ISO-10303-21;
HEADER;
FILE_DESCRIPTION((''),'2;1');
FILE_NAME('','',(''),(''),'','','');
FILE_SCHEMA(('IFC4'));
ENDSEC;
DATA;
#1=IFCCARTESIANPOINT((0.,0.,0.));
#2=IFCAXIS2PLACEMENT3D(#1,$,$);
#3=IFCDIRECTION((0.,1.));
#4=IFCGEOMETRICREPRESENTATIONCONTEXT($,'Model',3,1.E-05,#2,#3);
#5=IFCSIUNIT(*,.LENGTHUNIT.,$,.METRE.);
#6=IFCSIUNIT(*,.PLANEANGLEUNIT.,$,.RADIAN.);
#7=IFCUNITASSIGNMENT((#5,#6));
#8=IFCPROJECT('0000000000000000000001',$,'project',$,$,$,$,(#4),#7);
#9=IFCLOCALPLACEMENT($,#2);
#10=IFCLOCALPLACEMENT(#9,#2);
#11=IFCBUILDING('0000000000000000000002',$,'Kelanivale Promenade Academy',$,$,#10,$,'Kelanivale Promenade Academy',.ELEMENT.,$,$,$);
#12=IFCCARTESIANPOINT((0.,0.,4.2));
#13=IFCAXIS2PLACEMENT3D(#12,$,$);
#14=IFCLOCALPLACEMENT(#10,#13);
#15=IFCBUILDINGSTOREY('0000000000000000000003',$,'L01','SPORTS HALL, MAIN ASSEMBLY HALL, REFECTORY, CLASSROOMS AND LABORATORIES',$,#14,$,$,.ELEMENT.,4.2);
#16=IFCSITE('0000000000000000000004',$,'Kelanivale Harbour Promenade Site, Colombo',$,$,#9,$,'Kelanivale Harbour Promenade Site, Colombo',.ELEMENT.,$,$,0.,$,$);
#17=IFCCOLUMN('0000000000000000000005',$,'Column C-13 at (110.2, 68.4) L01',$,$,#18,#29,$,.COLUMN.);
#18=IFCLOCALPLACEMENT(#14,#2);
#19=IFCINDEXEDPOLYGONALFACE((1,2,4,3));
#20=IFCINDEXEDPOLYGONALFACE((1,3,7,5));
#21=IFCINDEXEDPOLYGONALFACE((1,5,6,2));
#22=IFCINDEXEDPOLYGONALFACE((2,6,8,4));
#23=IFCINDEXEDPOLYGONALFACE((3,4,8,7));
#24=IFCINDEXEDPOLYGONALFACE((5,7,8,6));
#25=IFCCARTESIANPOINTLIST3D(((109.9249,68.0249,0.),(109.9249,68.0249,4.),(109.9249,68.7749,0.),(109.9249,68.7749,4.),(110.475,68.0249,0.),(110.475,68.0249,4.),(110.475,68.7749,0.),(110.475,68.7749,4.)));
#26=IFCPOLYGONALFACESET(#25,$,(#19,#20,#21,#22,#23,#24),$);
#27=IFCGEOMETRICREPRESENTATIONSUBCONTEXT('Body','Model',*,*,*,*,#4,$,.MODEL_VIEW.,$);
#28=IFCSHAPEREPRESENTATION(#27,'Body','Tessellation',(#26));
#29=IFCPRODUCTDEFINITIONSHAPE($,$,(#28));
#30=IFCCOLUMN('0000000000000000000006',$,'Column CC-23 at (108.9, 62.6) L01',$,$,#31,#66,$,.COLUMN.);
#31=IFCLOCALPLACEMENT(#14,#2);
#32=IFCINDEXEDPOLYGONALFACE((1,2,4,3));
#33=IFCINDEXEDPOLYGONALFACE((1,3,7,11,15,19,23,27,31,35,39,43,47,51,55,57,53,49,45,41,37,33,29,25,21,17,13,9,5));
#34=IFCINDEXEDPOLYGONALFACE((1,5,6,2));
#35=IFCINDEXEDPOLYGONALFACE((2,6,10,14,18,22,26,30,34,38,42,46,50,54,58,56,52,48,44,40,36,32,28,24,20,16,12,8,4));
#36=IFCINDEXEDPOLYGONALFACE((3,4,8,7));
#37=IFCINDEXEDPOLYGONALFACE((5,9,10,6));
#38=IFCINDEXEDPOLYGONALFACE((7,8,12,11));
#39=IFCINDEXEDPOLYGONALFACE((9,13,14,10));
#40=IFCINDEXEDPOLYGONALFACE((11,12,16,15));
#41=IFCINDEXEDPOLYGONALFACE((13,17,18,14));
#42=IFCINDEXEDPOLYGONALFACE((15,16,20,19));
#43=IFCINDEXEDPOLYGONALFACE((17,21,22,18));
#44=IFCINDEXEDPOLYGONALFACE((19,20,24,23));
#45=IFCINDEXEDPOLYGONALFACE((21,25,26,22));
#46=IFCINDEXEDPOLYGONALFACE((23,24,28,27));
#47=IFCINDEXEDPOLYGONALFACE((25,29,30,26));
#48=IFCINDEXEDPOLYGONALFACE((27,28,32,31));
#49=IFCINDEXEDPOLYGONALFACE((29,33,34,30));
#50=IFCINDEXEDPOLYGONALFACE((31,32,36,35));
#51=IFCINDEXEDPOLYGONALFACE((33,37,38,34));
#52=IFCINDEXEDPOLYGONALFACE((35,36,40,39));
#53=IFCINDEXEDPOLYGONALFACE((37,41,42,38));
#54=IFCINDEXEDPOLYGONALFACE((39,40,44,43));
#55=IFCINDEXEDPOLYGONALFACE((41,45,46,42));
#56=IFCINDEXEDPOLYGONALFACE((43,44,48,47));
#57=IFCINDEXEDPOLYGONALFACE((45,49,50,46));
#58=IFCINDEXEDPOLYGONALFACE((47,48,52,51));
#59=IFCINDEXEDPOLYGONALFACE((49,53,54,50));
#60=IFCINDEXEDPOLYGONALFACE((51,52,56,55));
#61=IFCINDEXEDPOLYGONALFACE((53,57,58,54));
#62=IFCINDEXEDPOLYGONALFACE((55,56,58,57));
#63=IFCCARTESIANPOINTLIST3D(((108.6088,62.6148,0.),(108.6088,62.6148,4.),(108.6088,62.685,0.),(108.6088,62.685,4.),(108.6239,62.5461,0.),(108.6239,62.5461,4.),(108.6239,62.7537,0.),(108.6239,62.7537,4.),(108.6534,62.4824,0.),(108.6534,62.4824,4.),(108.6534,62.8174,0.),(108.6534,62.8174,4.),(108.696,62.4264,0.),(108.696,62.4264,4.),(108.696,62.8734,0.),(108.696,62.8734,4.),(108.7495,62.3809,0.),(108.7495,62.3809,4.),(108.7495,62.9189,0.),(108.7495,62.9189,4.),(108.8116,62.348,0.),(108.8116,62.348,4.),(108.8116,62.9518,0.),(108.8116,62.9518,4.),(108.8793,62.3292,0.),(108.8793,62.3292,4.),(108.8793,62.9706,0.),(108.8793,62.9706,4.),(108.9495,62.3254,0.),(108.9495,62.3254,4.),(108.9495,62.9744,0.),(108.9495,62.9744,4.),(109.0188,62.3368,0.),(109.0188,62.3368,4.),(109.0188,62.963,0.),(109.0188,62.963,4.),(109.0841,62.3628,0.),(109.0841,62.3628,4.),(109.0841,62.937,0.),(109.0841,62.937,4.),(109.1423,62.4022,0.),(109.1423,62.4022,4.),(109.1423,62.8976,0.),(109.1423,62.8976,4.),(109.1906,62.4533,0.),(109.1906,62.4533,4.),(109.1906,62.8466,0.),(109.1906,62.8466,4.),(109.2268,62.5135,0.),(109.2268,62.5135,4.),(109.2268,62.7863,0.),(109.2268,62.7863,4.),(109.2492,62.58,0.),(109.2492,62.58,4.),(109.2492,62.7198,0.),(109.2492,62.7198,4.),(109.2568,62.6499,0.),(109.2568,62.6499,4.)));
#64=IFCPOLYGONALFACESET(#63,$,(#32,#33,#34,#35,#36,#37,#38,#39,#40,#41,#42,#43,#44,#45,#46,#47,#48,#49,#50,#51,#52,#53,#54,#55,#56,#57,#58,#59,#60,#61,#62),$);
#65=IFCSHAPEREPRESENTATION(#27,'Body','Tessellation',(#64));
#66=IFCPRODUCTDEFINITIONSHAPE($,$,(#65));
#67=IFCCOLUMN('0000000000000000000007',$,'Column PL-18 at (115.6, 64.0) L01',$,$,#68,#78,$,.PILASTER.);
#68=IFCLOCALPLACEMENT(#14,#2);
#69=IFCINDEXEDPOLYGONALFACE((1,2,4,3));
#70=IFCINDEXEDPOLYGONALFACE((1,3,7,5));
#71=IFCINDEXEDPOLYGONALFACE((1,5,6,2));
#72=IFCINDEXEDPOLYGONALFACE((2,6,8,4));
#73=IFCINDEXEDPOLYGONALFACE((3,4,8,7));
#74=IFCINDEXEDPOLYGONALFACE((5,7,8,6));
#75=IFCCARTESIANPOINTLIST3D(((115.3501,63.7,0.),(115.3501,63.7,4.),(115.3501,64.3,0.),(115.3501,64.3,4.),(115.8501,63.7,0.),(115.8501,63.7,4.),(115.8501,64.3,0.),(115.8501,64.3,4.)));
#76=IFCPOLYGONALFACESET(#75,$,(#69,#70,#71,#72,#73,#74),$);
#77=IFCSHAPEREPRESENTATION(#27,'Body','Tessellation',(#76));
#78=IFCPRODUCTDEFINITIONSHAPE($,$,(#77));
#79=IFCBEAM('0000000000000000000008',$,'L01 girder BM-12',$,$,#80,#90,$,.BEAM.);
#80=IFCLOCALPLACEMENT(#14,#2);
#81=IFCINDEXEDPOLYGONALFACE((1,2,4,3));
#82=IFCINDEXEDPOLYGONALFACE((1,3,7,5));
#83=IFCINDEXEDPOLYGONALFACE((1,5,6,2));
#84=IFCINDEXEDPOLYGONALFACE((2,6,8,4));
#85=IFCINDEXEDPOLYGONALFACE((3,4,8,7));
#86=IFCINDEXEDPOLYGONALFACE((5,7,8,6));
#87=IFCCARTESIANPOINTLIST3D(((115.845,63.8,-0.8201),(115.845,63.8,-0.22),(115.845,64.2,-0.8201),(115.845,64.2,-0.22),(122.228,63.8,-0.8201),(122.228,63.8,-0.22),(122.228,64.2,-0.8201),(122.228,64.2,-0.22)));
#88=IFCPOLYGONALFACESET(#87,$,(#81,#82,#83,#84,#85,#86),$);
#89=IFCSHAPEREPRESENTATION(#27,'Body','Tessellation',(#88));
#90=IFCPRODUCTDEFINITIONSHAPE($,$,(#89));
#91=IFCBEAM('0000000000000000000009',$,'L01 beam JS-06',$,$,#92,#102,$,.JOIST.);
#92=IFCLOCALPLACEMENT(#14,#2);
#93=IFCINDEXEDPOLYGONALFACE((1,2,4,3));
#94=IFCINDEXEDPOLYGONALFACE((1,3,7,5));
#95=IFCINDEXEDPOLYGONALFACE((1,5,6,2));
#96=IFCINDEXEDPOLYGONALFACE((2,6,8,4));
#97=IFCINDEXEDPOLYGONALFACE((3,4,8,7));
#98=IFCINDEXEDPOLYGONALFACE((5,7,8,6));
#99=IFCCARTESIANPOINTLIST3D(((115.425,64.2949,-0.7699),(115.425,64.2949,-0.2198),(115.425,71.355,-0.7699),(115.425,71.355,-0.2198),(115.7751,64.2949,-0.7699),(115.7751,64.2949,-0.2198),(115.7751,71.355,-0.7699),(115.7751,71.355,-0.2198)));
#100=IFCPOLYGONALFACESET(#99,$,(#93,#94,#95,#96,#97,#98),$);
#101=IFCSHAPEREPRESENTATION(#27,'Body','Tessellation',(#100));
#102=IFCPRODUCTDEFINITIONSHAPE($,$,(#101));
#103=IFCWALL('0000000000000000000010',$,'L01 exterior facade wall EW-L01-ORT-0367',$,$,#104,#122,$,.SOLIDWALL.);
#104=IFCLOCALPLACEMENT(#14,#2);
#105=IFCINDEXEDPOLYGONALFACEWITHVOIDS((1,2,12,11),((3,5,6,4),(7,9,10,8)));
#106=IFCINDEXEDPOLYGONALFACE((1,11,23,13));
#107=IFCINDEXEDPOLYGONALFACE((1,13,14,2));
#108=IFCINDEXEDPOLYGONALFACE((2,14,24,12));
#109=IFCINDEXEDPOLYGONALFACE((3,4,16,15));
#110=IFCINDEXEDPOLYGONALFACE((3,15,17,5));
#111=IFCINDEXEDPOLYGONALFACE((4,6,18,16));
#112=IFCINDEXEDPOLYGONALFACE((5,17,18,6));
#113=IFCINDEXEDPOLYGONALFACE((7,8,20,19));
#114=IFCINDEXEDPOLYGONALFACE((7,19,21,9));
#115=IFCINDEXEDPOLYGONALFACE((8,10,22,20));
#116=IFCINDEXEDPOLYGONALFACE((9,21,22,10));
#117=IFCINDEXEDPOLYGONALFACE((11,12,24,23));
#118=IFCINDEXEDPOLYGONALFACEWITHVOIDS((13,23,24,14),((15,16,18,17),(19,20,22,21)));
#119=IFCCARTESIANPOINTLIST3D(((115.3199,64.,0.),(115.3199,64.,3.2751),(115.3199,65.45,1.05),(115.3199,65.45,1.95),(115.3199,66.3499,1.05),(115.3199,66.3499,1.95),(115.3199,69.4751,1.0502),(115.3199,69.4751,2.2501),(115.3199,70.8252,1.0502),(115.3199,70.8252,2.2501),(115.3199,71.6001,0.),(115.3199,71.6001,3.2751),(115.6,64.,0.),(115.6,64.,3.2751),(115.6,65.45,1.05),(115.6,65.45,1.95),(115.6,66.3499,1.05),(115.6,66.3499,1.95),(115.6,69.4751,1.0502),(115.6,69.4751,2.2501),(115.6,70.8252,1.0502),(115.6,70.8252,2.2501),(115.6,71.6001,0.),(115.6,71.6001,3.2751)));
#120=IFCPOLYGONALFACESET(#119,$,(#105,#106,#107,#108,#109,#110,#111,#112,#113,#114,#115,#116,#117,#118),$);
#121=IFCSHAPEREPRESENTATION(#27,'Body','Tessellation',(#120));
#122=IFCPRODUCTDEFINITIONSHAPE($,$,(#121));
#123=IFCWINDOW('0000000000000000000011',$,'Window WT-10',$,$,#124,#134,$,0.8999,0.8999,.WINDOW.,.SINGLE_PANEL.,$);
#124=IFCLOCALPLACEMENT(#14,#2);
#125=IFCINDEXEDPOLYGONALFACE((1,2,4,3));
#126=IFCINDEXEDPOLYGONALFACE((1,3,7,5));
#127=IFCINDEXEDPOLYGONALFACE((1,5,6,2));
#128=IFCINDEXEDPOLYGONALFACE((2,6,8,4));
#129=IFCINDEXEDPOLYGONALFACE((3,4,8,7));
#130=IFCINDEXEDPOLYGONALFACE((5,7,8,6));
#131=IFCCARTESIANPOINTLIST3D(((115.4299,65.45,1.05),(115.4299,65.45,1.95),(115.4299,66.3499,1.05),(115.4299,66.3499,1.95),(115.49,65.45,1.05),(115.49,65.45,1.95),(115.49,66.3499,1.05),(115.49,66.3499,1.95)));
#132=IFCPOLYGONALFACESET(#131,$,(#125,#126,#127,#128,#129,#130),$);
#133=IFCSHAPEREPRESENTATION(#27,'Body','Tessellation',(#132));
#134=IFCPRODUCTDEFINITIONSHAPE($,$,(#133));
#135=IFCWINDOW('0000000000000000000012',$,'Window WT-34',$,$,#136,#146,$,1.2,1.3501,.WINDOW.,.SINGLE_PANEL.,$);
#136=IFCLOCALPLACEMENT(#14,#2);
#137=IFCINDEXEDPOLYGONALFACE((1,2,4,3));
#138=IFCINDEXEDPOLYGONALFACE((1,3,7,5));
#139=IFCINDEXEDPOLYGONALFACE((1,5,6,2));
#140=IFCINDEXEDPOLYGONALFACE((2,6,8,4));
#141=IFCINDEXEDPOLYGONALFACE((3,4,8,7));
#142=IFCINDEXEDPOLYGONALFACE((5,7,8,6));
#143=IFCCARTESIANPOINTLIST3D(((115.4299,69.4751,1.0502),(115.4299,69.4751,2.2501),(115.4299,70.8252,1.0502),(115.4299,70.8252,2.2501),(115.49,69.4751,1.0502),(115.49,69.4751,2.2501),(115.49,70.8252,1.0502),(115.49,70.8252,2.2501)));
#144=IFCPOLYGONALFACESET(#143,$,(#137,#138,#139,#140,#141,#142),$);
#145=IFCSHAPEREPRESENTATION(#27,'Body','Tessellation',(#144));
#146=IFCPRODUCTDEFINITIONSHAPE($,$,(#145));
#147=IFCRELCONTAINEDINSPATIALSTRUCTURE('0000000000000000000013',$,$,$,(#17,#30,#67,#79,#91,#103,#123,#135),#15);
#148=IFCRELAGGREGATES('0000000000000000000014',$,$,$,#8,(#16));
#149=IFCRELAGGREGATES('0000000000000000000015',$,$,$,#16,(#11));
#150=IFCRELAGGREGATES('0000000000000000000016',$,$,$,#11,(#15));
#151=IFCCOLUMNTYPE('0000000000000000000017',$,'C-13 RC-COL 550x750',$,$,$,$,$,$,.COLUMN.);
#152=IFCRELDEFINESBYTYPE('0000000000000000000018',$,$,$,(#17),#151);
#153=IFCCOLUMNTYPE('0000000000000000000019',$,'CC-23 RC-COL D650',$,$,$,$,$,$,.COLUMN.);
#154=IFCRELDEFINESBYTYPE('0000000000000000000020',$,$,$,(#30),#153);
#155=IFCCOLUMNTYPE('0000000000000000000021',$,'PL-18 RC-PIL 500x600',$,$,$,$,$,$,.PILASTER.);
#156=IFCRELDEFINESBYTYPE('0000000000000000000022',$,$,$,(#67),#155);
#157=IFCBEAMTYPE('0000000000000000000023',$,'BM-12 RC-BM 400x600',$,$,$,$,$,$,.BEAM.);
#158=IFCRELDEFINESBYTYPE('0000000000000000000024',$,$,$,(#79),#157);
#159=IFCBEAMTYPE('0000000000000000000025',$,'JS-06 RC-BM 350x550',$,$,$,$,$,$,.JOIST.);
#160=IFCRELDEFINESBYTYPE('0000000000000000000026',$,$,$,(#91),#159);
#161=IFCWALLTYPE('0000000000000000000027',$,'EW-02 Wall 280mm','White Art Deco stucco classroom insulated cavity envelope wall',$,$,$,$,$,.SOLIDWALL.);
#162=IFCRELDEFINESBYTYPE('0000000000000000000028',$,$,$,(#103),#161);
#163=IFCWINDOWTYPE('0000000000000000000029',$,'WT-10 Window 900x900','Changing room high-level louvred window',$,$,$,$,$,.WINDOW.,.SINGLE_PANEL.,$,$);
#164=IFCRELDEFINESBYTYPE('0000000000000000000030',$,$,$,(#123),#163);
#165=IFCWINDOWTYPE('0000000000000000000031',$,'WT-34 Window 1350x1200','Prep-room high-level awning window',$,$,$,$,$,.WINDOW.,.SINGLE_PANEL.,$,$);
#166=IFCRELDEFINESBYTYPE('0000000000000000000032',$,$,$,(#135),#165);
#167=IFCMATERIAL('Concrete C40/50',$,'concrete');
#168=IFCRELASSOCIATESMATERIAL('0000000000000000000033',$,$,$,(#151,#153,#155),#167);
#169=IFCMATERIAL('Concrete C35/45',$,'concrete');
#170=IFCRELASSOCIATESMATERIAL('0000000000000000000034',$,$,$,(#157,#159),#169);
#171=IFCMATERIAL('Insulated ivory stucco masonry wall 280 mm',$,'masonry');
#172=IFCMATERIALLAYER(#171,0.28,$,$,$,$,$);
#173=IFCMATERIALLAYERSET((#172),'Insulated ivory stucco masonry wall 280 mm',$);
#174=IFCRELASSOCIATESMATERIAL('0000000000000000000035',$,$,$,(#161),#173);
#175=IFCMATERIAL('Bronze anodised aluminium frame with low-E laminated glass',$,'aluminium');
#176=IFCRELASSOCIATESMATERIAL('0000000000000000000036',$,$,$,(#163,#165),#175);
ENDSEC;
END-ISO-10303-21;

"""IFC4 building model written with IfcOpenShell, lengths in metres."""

from ifc_helpers import new_model, si_unit, direction, frame, frame_2d, origin, origin_2d, place, context, subcontext, project, spatial, rectangle, circle, extrude, material, layer, layer_set, material_profile, profile_set, type_object, element, fill, save


model = new_model("IFC4")

# Units and contexts
model_context = context("Model", 3, precision=1e-05, world=origin(), true_north=direction((0.0, 1.0)))
body_context = subcontext(model_context, "Body", "Model", "MODEL_VIEW")
ifc_project = project(units=[si_unit("LENGTHUNIT", "METRE"), si_unit("PLANEANGLEUNIT", "RADIAN")], contexts=[model_context])

# Site, building, storey
site_placement = place(None, origin())
site = spatial("IfcSite", under=ifc_project, at=site_placement, Name="Kelanivale Harbour Promenade Site, Colombo", LongName="Kelanivale Harbour Promenade Site, Colombo", CompositionType="ELEMENT", RefElevation=0.0)
building_placement = place(site_placement, origin())
building = spatial("IfcBuilding", under=site, at=building_placement, Name="Kelanivale Promenade Academy", LongName="Kelanivale Promenade Academy", CompositionType="ELEMENT")
storey_placement = place(building_placement, frame((0.0, 0.0, 4.2)))
storey = spatial("IfcBuildingStorey", under=building, at=storey_placement, Name="L01", Description="SPORTS HALL, MAIN ASSEMBLY HALL, REFECTORY, CLASSROOMS AND LABORATORIES", CompositionType="ELEMENT", Elevation=4.2)

# Columns
ifc_material_1 = material(Name="Concrete C40/50", Category="concrete")
ifc_material_profile_1 = material_profile(ifc_material_1, rectangle(XDim=0.55, YDim=0.75, at=origin_2d()), Name="RC-COL 550x750")
ifc_profile_set_1 = profile_set([ifc_material_profile_1], Name="Concrete C40/50")
column_type_1 = type_object("IfcColumnType", Name="C-13 RC-COL 550x750", PredefinedType="COLUMN", material=ifc_profile_set_1)
column_1_placement = place(storey_placement, frame((110.2, 68.3999, 0.0), z_axis=(0.0, 0.0, 1.0), x_axis=(1.0, 0.0, 0.0)))
element("IfcColumn", 1, at=column_1_placement, inside=storey, type_object=column_type_1, Name="Column C-13 at (110.2, 68.4) L01", PredefinedType="COLUMN", context=body_context, shape_type="SweptSolid", body=[
    extrude(rectangle(XDim=0.55, YDim=0.75, at=origin_2d()), origin(), (0.0, 0.0, 1.0), 4.0),
])
ifc_material_profile_2 = material_profile(ifc_material_1, circle(Radius=0.325, at=origin_2d()), Name="RC-COL D650")
ifc_profile_set_2 = profile_set([ifc_material_profile_2], Name="Concrete C40/50")
column_type_2 = type_object("IfcColumnType", Name="CC-23 RC-COL D650", PredefinedType="COLUMN", material=ifc_profile_set_2)
column_2_placement = place(storey_placement, frame((108.9319, 62.6499, 0.0), z_axis=(0.0, 0.0, 1.0), x_axis=(1.0, 0.0, 0.0)))
element("IfcColumn", 2, at=column_2_placement, inside=storey, type_object=column_type_2, Name="Column CC-23 at (108.9, 62.6) L01", PredefinedType="COLUMN", context=body_context, shape_type="SweptSolid", body=[
    extrude(circle(Radius=0.325, at=origin_2d()), origin(), (0.0, 0.0, 1.0), 4.0),
])
ifc_material_profile_3 = material_profile(ifc_material_1, rectangle(XDim=0.5, YDim=0.6001, at=origin_2d()), Name="RC-PIL 500x600")
ifc_profile_set_3 = profile_set([ifc_material_profile_3], Name="Concrete C40/50")
column_type_3 = type_object("IfcColumnType", Name="PL-18 RC-PIL 500x600", PredefinedType="PILASTER", material=ifc_profile_set_3)
column_3_placement = place(storey_placement, frame((115.6001, 64.0, 0.0), z_axis=(0.0, 0.0, 1.0), x_axis=(1.0, 0.0, 0.0)))
element("IfcColumn", 3, at=column_3_placement, inside=storey, type_object=column_type_3, Name="Column PL-18 at (115.6, 64.0) L01", PredefinedType="PILASTER", context=body_context, shape_type="SweptSolid", body=[
    extrude(rectangle(XDim=0.5, YDim=0.6001, at=origin_2d()), origin(), (0.0, 0.0, 1.0), 4.0),
])

# Beams
ifc_material_2 = material(Name="Concrete C35/45", Category="concrete")
ifc_material_profile_4 = material_profile(ifc_material_2, rectangle(XDim=0.3999, YDim=0.6001, at=origin_2d()), Name="RC-BM 400x600")
ifc_profile_set_4 = profile_set([ifc_material_profile_4], Name="Concrete C35/45")
beam_type_1 = type_object("IfcBeamType", Name="BM-12 RC-BM 400x600", PredefinedType="BEAM", material=ifc_profile_set_4)
beam_1_placement = place(storey_placement, frame((115.845, 64.0, -0.52), z_axis=(1.0, 0.0, 0.0), x_axis=(0.0, 1.0, 0.0)))
element("IfcBeam", 4, at=beam_1_placement, inside=storey, type_object=beam_type_1, Name="L01 girder BM-12", PredefinedType="BEAM", context=body_context, shape_type="SweptSolid", body=[
    extrude(rectangle(XDim=0.3999, YDim=0.6001, at=origin_2d()), origin(), (0.0, 0.0, 1.0), 6.3831),
])
ifc_material_profile_5 = material_profile(ifc_material_2, rectangle(XDim=0.3501, YDim=0.55, at=origin_2d()), Name="RC-BM 350x550")
ifc_profile_set_5 = profile_set([ifc_material_profile_5], Name="Concrete C35/45")
beam_type_2 = type_object("IfcBeamType", Name="JS-06 RC-BM 350x550", PredefinedType="JOIST", material=ifc_profile_set_5)
beam_2_placement = place(storey_placement, frame((115.6001, 64.2949, -0.4949), z_axis=(0.0, 1.0, 0.0), x_axis=(-1.0, 0.0, 0.0)))
element("IfcBeam", 5, at=beam_2_placement, inside=storey, type_object=beam_type_2, Name="L01 beam JS-06", PredefinedType="JOIST", context=body_context, shape_type="SweptSolid", body=[
    extrude(rectangle(XDim=0.3501, YDim=0.55, at=origin_2d()), origin(), (0.0, 0.0, 1.0), 7.0601),
])

# Wall, openings, windows
ifc_material_3 = material(Name="Insulated ivory stucco masonry wall 280 mm", Category="masonry")
ifc_layer_1 = layer(ifc_material_3, 0.28)
ifc_layer_set_1 = layer_set([ifc_layer_1], Name="Insulated ivory stucco masonry wall 280 mm")
wall_type_1 = type_object("IfcWallType", Name="EW-02 Wall 280mm", Description="White Art Deco stucco classroom insulated cavity envelope wall", PredefinedType="SOLIDWALL", material=ifc_layer_set_1)
wall_1_placement = place(storey_placement, frame((115.46, 64.0, 0.0), z_axis=(0.0, 0.0, 1.0), x_axis=(0.0, 1.0, 0.0)))
wall_1 = element("IfcWall", 6, at=wall_1_placement, inside=storey, type_object=wall_type_1, Name="L01 exterior facade wall EW-L01-ORT-0367", PredefinedType="SOLIDWALL", context=body_context, shape_type="SweptSolid", body=[
    extrude(rectangle(XDim=7.6001, YDim=0.28, at=frame_2d((3.8, 0.0))), origin(), (0.0, 0.0, 1.0), 3.2751),
])
opening_1_placement = place(wall_1_placement, frame((1.45, 0.0, 1.05)))
opening_1 = element("IfcOpeningElement", 7, at=opening_1_placement, cuts=wall_1, PredefinedType="OPENING", context=body_context, shape_type="SweptSolid", body=[
    extrude(rectangle(XDim=0.8999, YDim=0.8999, at=frame_2d((0.45, 0.45))), frame((0.0, 0.1499, 0.0), z_axis=(0.0, -1.0, 0.0), x_axis=(1.0, 0.0, 0.0)), (0.0, 0.0, 1.0), 0.3),
])
opening_2_placement = place(wall_1_placement, frame((5.4751, 0.0, 1.05)))
opening_2 = element("IfcOpeningElement", 8, at=opening_2_placement, cuts=wall_1, PredefinedType="OPENING", context=body_context, shape_type="SweptSolid", body=[
    extrude(rectangle(XDim=1.3501, YDim=1.2, at=frame_2d((0.675, 0.6001))), frame((0.0, 0.1499, 0.0), z_axis=(0.0, -1.0, 0.0), x_axis=(1.0, 0.0, 0.0)), (0.0, 0.0, 1.0), 0.3),
])
ifc_material_4 = material(Name="Bronze anodised aluminium frame with low-E laminated glass", Category="aluminium")
window_type_1 = type_object("IfcWindowType", Name="WT-10 Window 900x900", Description="Changing room high-level louvred window", PartitioningType="SINGLE_PANEL", PredefinedType="WINDOW", material=ifc_material_4)
window_1_placement = place(opening_1_placement, origin())
window_1 = element("IfcWindow", 9, at=window_1_placement, inside=storey, type_object=window_type_1, Name="Window WT-10", OverallHeight=0.8999, OverallWidth=0.8999, PartitioningType="SINGLE_PANEL", PredefinedType="WINDOW", context=body_context, shape_type="SweptSolid", body=[
    extrude(rectangle(XDim=0.8999, YDim=0.8999, at=frame_2d((0.45, 0.45))), frame((0.0, 0.03, 0.0), z_axis=(0.0, -1.0, 0.0), x_axis=(1.0, 0.0, 0.0)), (0.0, 0.0, 1.0), 0.0601),
])
fill(opening_1, window_1)
window_type_2 = type_object("IfcWindowType", Name="WT-34 Window 1350x1200", Description="Prep-room high-level awning window", PartitioningType="SINGLE_PANEL", PredefinedType="WINDOW", material=ifc_material_4)
window_2_placement = place(opening_2_placement, origin())
window_2 = element("IfcWindow", 10, at=window_2_placement, inside=storey, type_object=window_type_2, Name="Window WT-34", OverallHeight=1.2, OverallWidth=1.3501, PartitioningType="SINGLE_PANEL", PredefinedType="WINDOW", context=body_context, shape_type="SweptSolid", body=[
    extrude(rectangle(XDim=1.3501, YDim=1.2, at=frame_2d((0.675, 0.6001))), frame((0.0, 0.03, 0.0), z_axis=(0.0, -1.0, 0.0), x_axis=(1.0, 0.0, 0.0)), (0.0, 0.0, 1.0), 0.0601),
])
fill(opening_2, window_2)

save(model, "model.ifc")
